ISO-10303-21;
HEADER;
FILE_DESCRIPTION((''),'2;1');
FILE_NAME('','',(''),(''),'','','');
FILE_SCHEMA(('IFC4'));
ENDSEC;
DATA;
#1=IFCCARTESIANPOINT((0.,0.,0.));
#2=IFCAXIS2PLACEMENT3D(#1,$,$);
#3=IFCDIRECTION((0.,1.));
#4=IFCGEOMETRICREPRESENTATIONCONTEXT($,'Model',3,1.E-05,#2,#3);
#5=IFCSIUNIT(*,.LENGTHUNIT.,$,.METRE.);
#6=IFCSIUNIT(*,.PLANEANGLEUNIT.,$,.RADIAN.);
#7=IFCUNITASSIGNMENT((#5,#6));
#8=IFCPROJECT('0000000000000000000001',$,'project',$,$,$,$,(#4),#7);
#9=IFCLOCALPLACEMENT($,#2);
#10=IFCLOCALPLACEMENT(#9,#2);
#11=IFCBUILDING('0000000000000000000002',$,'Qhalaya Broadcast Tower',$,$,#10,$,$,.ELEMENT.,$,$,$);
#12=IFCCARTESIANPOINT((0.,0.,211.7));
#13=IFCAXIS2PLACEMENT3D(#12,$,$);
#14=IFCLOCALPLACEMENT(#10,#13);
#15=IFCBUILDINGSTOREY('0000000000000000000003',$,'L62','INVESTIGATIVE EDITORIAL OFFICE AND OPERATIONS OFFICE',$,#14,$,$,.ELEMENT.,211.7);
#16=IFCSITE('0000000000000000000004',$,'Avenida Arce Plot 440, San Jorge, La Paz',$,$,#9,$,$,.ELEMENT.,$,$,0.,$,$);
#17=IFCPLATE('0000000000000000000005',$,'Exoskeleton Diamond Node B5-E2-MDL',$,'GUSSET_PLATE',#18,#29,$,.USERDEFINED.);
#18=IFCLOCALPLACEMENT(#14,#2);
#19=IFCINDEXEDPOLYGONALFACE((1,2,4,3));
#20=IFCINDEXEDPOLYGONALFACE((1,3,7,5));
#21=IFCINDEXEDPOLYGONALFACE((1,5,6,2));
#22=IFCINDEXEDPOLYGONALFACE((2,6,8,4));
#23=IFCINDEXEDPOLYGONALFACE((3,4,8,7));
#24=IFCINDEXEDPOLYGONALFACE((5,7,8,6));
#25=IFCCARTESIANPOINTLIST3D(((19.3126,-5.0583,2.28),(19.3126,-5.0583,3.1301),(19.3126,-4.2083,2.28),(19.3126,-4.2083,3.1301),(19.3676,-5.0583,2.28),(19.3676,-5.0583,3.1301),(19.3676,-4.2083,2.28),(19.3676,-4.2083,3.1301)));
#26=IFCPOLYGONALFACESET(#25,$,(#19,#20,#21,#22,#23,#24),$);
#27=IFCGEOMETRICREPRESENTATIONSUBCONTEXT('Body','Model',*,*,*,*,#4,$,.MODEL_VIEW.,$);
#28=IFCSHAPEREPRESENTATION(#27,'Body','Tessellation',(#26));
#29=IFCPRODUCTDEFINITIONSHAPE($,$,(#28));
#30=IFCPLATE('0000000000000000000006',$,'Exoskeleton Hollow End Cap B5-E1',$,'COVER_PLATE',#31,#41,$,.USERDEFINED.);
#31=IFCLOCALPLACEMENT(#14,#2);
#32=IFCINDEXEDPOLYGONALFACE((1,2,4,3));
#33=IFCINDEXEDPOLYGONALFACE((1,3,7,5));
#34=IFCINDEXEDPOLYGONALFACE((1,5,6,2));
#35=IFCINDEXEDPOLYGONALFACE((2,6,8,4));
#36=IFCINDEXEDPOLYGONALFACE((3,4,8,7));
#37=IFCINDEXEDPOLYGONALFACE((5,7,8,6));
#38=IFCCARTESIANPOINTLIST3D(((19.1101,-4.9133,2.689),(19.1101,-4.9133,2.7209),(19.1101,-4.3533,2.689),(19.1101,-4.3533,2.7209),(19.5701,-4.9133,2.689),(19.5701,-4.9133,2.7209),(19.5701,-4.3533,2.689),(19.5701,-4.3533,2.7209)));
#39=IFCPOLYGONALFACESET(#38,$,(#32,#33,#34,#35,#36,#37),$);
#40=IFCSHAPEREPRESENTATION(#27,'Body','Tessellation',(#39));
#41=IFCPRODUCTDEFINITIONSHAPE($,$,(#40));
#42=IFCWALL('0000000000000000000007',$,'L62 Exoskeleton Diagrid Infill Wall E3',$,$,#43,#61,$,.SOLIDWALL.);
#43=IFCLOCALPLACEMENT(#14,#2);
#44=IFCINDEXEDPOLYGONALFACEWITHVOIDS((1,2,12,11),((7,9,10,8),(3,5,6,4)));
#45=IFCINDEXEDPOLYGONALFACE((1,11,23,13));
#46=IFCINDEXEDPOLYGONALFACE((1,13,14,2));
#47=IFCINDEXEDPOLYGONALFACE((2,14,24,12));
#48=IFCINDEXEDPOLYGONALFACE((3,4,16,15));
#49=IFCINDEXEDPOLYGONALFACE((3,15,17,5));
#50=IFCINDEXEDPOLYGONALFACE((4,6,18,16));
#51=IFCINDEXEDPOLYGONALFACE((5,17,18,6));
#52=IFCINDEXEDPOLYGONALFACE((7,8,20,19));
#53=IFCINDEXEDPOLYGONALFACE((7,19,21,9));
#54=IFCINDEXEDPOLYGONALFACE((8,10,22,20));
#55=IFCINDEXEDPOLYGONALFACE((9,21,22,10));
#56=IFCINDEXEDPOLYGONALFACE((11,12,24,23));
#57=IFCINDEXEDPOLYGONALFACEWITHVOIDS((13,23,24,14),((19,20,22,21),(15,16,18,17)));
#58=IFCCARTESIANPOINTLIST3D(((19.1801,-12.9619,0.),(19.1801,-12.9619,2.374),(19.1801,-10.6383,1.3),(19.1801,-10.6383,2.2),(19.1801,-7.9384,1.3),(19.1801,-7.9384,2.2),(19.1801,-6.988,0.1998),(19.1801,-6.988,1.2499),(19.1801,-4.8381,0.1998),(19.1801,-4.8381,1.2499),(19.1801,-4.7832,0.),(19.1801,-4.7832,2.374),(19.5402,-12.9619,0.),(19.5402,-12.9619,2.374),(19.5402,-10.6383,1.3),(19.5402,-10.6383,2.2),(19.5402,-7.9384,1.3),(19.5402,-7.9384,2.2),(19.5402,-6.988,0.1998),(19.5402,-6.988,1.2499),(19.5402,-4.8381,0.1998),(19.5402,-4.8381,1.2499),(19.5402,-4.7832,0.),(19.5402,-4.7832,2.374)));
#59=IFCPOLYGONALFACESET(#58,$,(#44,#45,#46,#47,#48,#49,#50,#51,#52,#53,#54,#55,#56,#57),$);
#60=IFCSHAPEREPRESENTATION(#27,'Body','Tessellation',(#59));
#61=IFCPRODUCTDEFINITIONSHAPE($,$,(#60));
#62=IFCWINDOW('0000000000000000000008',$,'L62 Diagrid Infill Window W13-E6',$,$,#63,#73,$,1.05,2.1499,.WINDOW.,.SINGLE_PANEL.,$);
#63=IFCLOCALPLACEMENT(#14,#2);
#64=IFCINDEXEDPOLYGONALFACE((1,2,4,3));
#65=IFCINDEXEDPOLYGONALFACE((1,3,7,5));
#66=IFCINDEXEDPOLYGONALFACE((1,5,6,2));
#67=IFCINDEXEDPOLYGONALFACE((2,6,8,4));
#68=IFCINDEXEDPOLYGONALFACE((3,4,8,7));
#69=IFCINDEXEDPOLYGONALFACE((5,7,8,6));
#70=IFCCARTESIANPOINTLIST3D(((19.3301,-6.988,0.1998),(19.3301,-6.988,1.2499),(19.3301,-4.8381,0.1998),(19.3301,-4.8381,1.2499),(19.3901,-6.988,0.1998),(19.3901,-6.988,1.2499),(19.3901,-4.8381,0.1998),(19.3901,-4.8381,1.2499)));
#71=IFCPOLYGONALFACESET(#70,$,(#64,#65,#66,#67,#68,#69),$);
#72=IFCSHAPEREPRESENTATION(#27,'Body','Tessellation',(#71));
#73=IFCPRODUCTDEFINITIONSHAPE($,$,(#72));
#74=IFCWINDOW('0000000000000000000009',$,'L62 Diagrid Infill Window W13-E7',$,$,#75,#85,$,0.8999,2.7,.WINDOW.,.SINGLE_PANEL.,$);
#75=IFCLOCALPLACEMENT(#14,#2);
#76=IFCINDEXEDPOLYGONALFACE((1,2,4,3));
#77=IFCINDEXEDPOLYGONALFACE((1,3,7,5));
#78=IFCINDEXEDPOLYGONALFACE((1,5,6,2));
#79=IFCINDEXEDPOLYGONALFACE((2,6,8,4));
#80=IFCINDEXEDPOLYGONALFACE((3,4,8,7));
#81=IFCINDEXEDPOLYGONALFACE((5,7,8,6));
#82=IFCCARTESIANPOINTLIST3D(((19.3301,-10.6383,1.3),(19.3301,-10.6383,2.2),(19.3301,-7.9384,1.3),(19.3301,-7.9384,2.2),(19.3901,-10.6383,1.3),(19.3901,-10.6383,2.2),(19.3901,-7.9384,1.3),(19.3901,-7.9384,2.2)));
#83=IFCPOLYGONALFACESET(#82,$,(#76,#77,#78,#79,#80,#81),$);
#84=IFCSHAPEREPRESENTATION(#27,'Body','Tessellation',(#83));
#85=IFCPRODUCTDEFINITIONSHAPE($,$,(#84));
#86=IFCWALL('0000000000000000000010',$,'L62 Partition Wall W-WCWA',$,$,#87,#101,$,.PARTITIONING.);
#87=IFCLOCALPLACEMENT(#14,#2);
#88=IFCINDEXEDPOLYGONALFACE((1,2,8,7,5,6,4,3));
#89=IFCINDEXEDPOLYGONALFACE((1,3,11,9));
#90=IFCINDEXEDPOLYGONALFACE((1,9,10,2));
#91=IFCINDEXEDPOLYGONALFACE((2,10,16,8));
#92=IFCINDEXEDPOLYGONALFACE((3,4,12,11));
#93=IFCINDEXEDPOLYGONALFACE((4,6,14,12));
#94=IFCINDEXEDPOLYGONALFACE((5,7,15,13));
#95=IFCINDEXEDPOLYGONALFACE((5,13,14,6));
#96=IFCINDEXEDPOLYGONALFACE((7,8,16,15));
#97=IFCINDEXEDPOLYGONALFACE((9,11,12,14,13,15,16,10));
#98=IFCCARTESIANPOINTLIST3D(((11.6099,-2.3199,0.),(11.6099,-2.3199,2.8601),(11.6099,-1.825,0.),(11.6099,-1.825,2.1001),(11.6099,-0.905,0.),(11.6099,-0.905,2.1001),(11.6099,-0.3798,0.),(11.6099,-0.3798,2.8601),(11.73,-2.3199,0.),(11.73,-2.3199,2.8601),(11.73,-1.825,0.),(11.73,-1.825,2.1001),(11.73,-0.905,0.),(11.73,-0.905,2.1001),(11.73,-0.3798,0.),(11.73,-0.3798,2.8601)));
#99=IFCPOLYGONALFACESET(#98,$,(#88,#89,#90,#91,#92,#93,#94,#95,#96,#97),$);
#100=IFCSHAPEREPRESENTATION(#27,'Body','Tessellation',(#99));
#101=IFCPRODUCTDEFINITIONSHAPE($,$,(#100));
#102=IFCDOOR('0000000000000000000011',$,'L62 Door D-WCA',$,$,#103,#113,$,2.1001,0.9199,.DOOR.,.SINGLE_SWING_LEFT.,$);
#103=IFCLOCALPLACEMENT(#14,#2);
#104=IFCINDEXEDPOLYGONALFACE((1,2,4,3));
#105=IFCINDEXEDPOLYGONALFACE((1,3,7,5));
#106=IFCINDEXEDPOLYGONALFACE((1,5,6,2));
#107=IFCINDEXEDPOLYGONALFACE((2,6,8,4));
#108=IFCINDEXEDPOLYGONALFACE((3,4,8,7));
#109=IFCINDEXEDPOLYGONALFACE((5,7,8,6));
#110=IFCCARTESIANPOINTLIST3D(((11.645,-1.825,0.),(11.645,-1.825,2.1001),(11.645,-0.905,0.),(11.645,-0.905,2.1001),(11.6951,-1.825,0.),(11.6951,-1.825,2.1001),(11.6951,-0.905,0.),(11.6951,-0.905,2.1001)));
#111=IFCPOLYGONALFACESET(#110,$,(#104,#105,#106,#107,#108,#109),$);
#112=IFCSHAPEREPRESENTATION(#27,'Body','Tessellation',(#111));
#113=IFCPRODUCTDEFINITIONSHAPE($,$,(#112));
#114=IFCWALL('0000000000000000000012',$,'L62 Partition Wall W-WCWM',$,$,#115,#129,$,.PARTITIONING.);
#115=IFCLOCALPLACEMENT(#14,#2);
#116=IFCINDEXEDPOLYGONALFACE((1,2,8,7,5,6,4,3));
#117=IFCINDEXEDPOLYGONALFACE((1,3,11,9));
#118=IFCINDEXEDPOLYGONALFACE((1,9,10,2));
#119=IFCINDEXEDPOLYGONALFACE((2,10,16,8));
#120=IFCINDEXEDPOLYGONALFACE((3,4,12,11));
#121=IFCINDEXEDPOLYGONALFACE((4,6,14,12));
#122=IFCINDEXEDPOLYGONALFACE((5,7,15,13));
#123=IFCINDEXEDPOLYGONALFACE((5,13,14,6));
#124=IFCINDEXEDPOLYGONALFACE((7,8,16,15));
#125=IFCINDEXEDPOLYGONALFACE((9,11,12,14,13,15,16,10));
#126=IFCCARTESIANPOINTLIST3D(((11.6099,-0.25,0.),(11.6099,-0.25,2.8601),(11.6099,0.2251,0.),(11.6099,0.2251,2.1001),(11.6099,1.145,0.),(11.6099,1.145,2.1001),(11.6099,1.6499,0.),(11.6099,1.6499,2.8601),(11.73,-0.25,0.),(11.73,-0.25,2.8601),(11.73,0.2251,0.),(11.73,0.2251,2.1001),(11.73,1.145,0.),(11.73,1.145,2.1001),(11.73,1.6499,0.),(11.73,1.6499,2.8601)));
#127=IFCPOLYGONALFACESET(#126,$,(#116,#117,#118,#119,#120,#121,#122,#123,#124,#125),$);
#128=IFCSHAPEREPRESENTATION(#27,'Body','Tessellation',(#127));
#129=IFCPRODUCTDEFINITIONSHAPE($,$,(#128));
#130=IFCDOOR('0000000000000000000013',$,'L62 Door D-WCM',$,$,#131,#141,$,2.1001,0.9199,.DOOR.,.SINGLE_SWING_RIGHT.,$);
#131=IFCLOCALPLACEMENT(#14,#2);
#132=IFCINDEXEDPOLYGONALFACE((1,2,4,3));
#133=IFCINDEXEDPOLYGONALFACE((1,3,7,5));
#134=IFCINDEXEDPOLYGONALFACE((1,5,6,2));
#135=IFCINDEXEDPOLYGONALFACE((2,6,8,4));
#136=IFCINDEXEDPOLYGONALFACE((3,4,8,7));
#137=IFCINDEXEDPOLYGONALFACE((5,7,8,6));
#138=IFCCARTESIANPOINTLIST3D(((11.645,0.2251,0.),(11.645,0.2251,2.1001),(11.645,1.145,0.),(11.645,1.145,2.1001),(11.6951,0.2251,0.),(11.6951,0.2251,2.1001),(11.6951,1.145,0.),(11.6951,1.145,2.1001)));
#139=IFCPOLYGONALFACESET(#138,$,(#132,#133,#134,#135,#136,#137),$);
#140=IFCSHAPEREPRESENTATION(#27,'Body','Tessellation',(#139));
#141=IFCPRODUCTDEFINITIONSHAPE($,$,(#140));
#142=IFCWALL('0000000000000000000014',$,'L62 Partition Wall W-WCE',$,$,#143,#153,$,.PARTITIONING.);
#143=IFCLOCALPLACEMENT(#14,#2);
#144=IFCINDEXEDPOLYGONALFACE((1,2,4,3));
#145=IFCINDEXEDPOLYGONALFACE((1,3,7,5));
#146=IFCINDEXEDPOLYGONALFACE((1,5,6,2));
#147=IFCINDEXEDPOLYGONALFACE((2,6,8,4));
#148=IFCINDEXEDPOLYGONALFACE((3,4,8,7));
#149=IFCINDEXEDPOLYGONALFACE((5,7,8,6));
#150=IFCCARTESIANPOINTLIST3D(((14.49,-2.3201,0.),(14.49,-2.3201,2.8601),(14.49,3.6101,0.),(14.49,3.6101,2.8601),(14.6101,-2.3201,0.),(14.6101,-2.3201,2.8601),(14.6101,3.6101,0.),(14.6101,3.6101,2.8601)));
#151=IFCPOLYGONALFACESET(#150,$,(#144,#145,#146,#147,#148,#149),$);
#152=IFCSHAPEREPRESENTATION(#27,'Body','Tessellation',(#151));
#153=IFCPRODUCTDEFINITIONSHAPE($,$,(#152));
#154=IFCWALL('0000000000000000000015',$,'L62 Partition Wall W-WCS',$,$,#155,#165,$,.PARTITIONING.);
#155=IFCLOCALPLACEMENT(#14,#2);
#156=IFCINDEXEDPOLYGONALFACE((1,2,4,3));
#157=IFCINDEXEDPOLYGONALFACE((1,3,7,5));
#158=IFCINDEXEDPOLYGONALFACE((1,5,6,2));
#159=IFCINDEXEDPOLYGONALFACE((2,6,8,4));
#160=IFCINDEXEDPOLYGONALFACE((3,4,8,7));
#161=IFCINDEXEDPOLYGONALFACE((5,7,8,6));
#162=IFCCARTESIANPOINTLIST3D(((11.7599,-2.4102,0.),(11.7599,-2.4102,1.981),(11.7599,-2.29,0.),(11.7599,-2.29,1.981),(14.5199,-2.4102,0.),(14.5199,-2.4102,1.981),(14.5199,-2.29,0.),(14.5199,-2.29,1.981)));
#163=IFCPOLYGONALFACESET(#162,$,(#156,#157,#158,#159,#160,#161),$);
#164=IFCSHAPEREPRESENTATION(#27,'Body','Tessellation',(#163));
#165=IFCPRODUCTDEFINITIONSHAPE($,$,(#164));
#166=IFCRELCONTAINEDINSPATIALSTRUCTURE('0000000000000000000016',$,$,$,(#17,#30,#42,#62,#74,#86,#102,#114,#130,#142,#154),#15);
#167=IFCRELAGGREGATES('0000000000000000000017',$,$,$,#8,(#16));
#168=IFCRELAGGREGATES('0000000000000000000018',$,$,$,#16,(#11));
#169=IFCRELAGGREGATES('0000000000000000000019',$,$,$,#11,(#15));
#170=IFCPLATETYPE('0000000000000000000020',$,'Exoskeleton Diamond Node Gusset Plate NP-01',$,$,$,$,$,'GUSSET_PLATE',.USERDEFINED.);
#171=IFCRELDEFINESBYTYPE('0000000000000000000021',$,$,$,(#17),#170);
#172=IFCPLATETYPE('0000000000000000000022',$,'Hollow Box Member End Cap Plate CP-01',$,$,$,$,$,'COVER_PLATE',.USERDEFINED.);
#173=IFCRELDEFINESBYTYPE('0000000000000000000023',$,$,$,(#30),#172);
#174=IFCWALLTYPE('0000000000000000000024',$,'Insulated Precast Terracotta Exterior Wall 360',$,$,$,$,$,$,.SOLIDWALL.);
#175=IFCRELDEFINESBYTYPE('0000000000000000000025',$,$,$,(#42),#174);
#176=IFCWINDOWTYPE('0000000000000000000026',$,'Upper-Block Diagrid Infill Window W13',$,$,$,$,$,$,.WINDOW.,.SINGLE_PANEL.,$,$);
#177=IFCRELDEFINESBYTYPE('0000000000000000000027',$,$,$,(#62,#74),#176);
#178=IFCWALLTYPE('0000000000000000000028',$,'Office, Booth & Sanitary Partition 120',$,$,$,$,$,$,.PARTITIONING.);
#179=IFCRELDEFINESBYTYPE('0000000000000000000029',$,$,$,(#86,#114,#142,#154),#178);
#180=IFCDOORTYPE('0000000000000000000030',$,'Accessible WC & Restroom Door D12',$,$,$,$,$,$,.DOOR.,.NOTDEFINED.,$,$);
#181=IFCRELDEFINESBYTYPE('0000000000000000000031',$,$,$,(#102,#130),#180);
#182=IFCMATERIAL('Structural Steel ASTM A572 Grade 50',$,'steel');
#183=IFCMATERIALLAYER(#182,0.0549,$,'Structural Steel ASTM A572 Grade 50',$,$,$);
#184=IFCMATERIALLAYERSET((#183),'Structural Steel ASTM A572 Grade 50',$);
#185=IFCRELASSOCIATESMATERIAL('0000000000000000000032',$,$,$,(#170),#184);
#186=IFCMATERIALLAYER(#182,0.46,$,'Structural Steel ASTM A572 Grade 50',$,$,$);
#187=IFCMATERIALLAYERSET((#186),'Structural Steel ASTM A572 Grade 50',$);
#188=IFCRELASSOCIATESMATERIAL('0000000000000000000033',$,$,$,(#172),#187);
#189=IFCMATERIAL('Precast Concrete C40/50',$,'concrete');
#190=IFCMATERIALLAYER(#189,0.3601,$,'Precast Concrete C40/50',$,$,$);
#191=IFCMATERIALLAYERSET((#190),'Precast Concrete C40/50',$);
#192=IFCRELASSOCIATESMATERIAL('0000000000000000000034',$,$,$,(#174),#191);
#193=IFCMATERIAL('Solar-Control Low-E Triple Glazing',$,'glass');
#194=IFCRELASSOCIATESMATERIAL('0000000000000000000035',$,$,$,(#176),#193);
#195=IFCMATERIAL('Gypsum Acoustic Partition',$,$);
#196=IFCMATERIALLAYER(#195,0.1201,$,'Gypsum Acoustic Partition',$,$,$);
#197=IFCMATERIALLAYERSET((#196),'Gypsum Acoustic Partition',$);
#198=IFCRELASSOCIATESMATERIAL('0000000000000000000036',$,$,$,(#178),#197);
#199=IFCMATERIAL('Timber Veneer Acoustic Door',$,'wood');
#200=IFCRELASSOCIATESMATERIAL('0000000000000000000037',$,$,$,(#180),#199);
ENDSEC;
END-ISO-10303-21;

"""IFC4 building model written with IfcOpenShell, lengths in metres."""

from ifc_helpers import new_model, si_unit, direction, frame, frame_2d, origin, origin_2d, place, context, subcontext, project, spatial, rectangle, extrude, material, layer, layer_set, type_object, element, fill, save


model = new_model("IFC4")

# Units and contexts
model_context = context("Model", 3, precision=1e-05, world=origin(), true_north=direction((0.0, 1.0)))
body_context = subcontext(model_context, "Body", "Model", "MODEL_VIEW")
ifc_project = project(units=[si_unit("LENGTHUNIT", "METRE"), si_unit("PLANEANGLEUNIT", "RADIAN")], contexts=[model_context])

# Site, building, storey
site_placement = place(None, origin())
site = spatial("IfcSite", under=ifc_project, at=site_placement, Name="Avenida Arce Plot 440, San Jorge, La Paz", CompositionType="ELEMENT", RefElevation=0.0)
building_placement = place(site_placement, origin())
building = spatial("IfcBuilding", under=site, at=building_placement, Name="Qhalaya Broadcast Tower", CompositionType="ELEMENT")
storey_placement = place(building_placement, frame((0.0, 0.0, 211.7)))
storey = spatial("IfcBuildingStorey", under=building, at=storey_placement, Name="L62", Description="INVESTIGATIVE EDITORIAL OFFICE AND OPERATIONS OFFICE", CompositionType="ELEMENT", Elevation=211.7)

# Shared definitions
ifc_material_1 = material(Name="Structural Steel ASTM A572 Grade 50", Category="steel")

# Plates
ifc_layer_1 = layer(ifc_material_1, 0.0549, Name="Structural Steel ASTM A572 Grade 50")
ifc_layer_set_1 = layer_set([ifc_layer_1], Name="Structural Steel ASTM A572 Grade 50")
plate_type_1 = type_object("IfcPlateType", Name="Exoskeleton Diamond Node Gusset Plate NP-01", ElementType="GUSSET_PLATE", PredefinedType="USERDEFINED", material=ifc_layer_set_1)
plate_1_placement = place(storey_placement, frame((19.3401, -4.6333, 2.28), z_axis=(0.0, 0.0, 1.0), x_axis=(0.0, 1.0, 0.0)))
element("IfcPlate", 1, at=plate_1_placement, inside=storey, type_object=plate_type_1, Name="Exoskeleton Diamond Node B5-E2-MDL", ObjectType="GUSSET_PLATE", PredefinedType="USERDEFINED", context=body_context, shape_type="SweptSolid", body=[
    extrude(rectangle(XDim=0.8501, YDim=0.0549, at=origin_2d()), origin(), (0.0, 0.0, 1.0), 0.8501),
])
ifc_layer_2 = layer(ifc_material_1, 0.46, Name="Structural Steel ASTM A572 Grade 50")
ifc_layer_set_2 = layer_set([ifc_layer_2], Name="Structural Steel ASTM A572 Grade 50")
plate_type_2 = type_object("IfcPlateType", Name="Hollow Box Member End Cap Plate CP-01", ElementType="COVER_PLATE", PredefinedType="USERDEFINED", material=ifc_layer_set_2)
plate_2_placement = place(storey_placement, frame((19.3401, -4.6333, 2.689), z_axis=(0.0, 0.0, 1.0), x_axis=(0.0, 1.0, 0.0)))
element("IfcPlate", 2, at=plate_2_placement, inside=storey, type_object=plate_type_2, Name="Exoskeleton Hollow End Cap B5-E1", ObjectType="COVER_PLATE", PredefinedType="USERDEFINED", context=body_context, shape_type="SweptSolid", body=[
    extrude(rectangle(XDim=0.5601, YDim=0.46, at=origin_2d()), origin(), (0.0, 0.0, 1.0), 0.032),
])

# Wall, openings, windows
ifc_material_2 = material(Name="Precast Concrete C40/50", Category="concrete")
ifc_layer_3 = layer(ifc_material_2, 0.3601, Name="Precast Concrete C40/50")
ifc_layer_set_3 = layer_set([ifc_layer_3], Name="Precast Concrete C40/50")
wall_type_1 = type_object("IfcWallType", Name="Insulated Precast Terracotta Exterior Wall 360", PredefinedType="SOLIDWALL", material=ifc_layer_set_3)
wall_1_placement = place(storey_placement, frame((19.3601, -4.7832, 0.0), z_axis=(0.0, 0.0, 1.0), x_axis=(0.0, -1.0, 0.0)))
wall_1 = element("IfcWall", 3, at=wall_1_placement, inside=storey, type_object=wall_type_1, Name="L62 Exoskeleton Diagrid Infill Wall E3", PredefinedType="SOLIDWALL", context=body_context, shape_type="SweptSolid", body=[
    extrude(rectangle(XDim=8.1787, YDim=0.3601, at=frame_2d((4.0894, 0.0))), origin(), (0.0, 0.0, 1.0), 2.374),
])
opening_1_placement = place(wall_1_placement, frame((0.0549, 0.0, 0.2)))
opening_1 = element("IfcOpeningElement", 4, at=opening_1_placement, cuts=wall_1, PredefinedType="OPENING", context=body_context, shape_type="SweptSolid", body=[
    extrude(rectangle(XDim=2.1499, YDim=1.05, at=frame_2d((1.075, 0.5249))), frame((0.0, 0.1921, 0.0), z_axis=(0.0, -1.0, 0.0), x_axis=(1.0, 0.0, 0.0)), (0.0, 0.0, 1.0), 0.384),
])
opening_2_placement = place(wall_1_placement, frame((3.155, 0.0, 1.3)))
opening_2 = element("IfcOpeningElement", 5, at=opening_2_placement, cuts=wall_1, PredefinedType="OPENING", context=body_context, shape_type="SweptSolid", body=[
    extrude(rectangle(XDim=2.7, YDim=0.8999, at=frame_2d((1.3501, 0.45))), frame((0.0, 0.1921, 0.0), z_axis=(0.0, -1.0, 0.0), x_axis=(1.0, 0.0, 0.0)), (0.0, 0.0, 1.0), 0.384),
])
ifc_material_3 = material(Name="Solar-Control Low-E Triple Glazing", Category="glass")
window_type = type_object("IfcWindowType", Name="Upper-Block Diagrid Infill Window W13", PartitioningType="SINGLE_PANEL", PredefinedType="WINDOW", material=ifc_material_3)
window_1_placement = place(opening_1_placement, origin())
window_1 = element("IfcWindow", 6, at=window_1_placement, inside=storey, type_object=window_type, Name="L62 Diagrid Infill Window W13-E6", OverallHeight=1.05, OverallWidth=2.1499, PartitioningType="SINGLE_PANEL", PredefinedType="WINDOW", context=body_context, shape_type="SweptSolid", body=[
    extrude(rectangle(XDim=2.1499, YDim=1.05, at=frame_2d((1.075, 0.5249))), frame((0.0, 0.03, 0.0), z_axis=(0.0, -1.0, 0.0), x_axis=(1.0, 0.0, 0.0)), (0.0, 0.0, 1.0), 0.0601),
])
fill(opening_1, window_1)
window_2_placement = place(opening_2_placement, origin())
window_2 = element("IfcWindow", 7, at=window_2_placement, inside=storey, type_object=window_type, Name="L62 Diagrid Infill Window W13-E7", OverallHeight=0.8999, OverallWidth=2.7, PartitioningType="SINGLE_PANEL", PredefinedType="WINDOW", context=body_context, shape_type="SweptSolid", body=[
    extrude(rectangle(XDim=2.7, YDim=0.8999, at=frame_2d((1.3501, 0.45))), frame((0.0, 0.03, 0.0), z_axis=(0.0, -1.0, 0.0), x_axis=(1.0, 0.0, 0.0)), (0.0, 0.0, 1.0), 0.0601),
])
fill(opening_2, window_2)

# Walls, openings, doors
ifc_material_4 = material(Name="Gypsum Acoustic Partition")
ifc_layer_4 = layer(ifc_material_4, 0.1201, Name="Gypsum Acoustic Partition")
ifc_layer_set_4 = layer_set([ifc_layer_4], Name="Gypsum Acoustic Partition")
wall_type_2 = type_object("IfcWallType", Name="Office, Booth & Sanitary Partition 120", PredefinedType="PARTITIONING", material=ifc_layer_set_4)
wall_2_placement = place(storey_placement, frame((11.6699, -2.3201, 0.0), z_axis=(0.0, 0.0, 1.0), x_axis=(0.0, 1.0, 0.0)))
wall_2 = element("IfcWall", 8, at=wall_2_placement, inside=storey, type_object=wall_type_2, Name="L62 Partition Wall W-WCWA", PredefinedType="PARTITIONING", context=body_context, shape_type="SweptSolid", body=[
    extrude(rectangle(XDim=1.9402, YDim=0.1201, at=frame_2d((0.9702, 0.0))), origin(), (0.0, 0.0, 1.0), 2.8601),
])
opening_3_placement = place(wall_2_placement, frame((0.4951, 0.0, 0.0)))
opening_3 = element("IfcOpeningElement", 9, at=opening_3_placement, cuts=wall_2, PredefinedType="OPENING", context=body_context, shape_type="SweptSolid", body=[
    extrude(rectangle(XDim=0.9199, YDim=2.1001, at=frame_2d((0.46, 1.05))), frame((0.0, 0.072, 0.0), z_axis=(0.0, -1.0, 0.0), x_axis=(1.0, 0.0, 0.0)), (0.0, 0.0, 1.0), 0.144),
])
ifc_material_5 = material(Name="Timber Veneer Acoustic Door", Category="wood")
door_type = type_object("IfcDoorType", Name="Accessible WC & Restroom Door D12", OperationType="NOTDEFINED", PredefinedType="DOOR", material=ifc_material_5)
door_1_placement = place(opening_3_placement, origin())
door_1 = element("IfcDoor", 10, at=door_1_placement, inside=storey, type_object=door_type, Name="L62 Door D-WCA", OperationType="SINGLE_SWING_LEFT", OverallHeight=2.1001, OverallWidth=0.9199, PredefinedType="DOOR", context=body_context, shape_type="SweptSolid", body=[
    extrude(rectangle(XDim=0.9199, YDim=2.1001, at=frame_2d((0.46, 1.05))), frame((0.0, 0.0249, 0.0), z_axis=(0.0, -1.0, 0.0), x_axis=(1.0, 0.0, 0.0)), (0.0, 0.0, 1.0), 0.05),
])
fill(opening_3, door_1)
wall_3_placement = place(storey_placement, frame((11.6699, -0.25, 0.0), z_axis=(0.0, 0.0, 1.0), x_axis=(0.0, 1.0, 0.0)))
wall_3 = element("IfcWall", 11, at=wall_3_placement, inside=storey, type_object=wall_type_2, Name="L62 Partition Wall W-WCWM", PredefinedType="PARTITIONING", context=body_context, shape_type="SweptSolid", body=[
    extrude(rectangle(XDim=1.8999, YDim=0.1201, at=frame_2d((0.95, 0.0))), origin(), (0.0, 0.0, 1.0), 2.8601),
])
opening_4_placement = place(wall_3_placement, frame((0.4751, 0.0, 0.0)))
opening_4 = element("IfcOpeningElement", 12, at=opening_4_placement, cuts=wall_3, PredefinedType="OPENING", context=body_context, shape_type="SweptSolid", body=[
    extrude(rectangle(XDim=0.9199, YDim=2.1001, at=frame_2d((0.46, 1.05))), frame((0.0, 0.072, 0.0), z_axis=(0.0, -1.0, 0.0), x_axis=(1.0, 0.0, 0.0)), (0.0, 0.0, 1.0), 0.144),
])
door_2_placement = place(opening_4_placement, origin())
door_2 = element("IfcDoor", 13, at=door_2_placement, inside=storey, type_object=door_type, Name="L62 Door D-WCM", OperationType="SINGLE_SWING_RIGHT", OverallHeight=2.1001, OverallWidth=0.9199, PredefinedType="DOOR", context=body_context, shape_type="SweptSolid", body=[
    extrude(rectangle(XDim=0.9199, YDim=2.1001, at=frame_2d((0.46, 1.05))), frame((0.0, 0.0249, 0.0), z_axis=(0.0, -1.0, 0.0), x_axis=(1.0, 0.0, 0.0)), (0.0, 0.0, 1.0), 0.05),
])
fill(opening_4, door_2)

# Walls
wall_4_placement = place(storey_placement, frame((14.55, -2.3201, 0.0), z_axis=(0.0, 0.0, 1.0), x_axis=(0.0, 1.0, 0.0)))
element("IfcWall", 14, at=wall_4_placement, inside=storey, type_object=wall_type_2, Name="L62 Partition Wall W-WCE", PredefinedType="PARTITIONING", context=body_context, shape_type="SweptSolid", body=[
    extrude(rectangle(XDim=5.9302, YDim=0.1201, at=frame_2d((2.9651, 0.0))), origin(), (0.0, 0.0, 1.0), 2.8601),
])
wall_5_placement = place(storey_placement, frame((11.76, -2.3501, 0.0), z_axis=(0.0, 0.0, 1.0), x_axis=(1.0, 0.0, 0.0)))
element("IfcWall", 15, at=wall_5_placement, inside=storey, type_object=wall_type_2, Name="L62 Partition Wall W-WCS", PredefinedType="PARTITIONING", context=body_context, shape_type="SweptSolid", body=[
    extrude(rectangle(XDim=2.76, YDim=0.1201, at=frame_2d((1.3799, 0.0))), origin(), (0.0, 0.0, 1.0), 1.981),
])

save(model, "model.ifc")
